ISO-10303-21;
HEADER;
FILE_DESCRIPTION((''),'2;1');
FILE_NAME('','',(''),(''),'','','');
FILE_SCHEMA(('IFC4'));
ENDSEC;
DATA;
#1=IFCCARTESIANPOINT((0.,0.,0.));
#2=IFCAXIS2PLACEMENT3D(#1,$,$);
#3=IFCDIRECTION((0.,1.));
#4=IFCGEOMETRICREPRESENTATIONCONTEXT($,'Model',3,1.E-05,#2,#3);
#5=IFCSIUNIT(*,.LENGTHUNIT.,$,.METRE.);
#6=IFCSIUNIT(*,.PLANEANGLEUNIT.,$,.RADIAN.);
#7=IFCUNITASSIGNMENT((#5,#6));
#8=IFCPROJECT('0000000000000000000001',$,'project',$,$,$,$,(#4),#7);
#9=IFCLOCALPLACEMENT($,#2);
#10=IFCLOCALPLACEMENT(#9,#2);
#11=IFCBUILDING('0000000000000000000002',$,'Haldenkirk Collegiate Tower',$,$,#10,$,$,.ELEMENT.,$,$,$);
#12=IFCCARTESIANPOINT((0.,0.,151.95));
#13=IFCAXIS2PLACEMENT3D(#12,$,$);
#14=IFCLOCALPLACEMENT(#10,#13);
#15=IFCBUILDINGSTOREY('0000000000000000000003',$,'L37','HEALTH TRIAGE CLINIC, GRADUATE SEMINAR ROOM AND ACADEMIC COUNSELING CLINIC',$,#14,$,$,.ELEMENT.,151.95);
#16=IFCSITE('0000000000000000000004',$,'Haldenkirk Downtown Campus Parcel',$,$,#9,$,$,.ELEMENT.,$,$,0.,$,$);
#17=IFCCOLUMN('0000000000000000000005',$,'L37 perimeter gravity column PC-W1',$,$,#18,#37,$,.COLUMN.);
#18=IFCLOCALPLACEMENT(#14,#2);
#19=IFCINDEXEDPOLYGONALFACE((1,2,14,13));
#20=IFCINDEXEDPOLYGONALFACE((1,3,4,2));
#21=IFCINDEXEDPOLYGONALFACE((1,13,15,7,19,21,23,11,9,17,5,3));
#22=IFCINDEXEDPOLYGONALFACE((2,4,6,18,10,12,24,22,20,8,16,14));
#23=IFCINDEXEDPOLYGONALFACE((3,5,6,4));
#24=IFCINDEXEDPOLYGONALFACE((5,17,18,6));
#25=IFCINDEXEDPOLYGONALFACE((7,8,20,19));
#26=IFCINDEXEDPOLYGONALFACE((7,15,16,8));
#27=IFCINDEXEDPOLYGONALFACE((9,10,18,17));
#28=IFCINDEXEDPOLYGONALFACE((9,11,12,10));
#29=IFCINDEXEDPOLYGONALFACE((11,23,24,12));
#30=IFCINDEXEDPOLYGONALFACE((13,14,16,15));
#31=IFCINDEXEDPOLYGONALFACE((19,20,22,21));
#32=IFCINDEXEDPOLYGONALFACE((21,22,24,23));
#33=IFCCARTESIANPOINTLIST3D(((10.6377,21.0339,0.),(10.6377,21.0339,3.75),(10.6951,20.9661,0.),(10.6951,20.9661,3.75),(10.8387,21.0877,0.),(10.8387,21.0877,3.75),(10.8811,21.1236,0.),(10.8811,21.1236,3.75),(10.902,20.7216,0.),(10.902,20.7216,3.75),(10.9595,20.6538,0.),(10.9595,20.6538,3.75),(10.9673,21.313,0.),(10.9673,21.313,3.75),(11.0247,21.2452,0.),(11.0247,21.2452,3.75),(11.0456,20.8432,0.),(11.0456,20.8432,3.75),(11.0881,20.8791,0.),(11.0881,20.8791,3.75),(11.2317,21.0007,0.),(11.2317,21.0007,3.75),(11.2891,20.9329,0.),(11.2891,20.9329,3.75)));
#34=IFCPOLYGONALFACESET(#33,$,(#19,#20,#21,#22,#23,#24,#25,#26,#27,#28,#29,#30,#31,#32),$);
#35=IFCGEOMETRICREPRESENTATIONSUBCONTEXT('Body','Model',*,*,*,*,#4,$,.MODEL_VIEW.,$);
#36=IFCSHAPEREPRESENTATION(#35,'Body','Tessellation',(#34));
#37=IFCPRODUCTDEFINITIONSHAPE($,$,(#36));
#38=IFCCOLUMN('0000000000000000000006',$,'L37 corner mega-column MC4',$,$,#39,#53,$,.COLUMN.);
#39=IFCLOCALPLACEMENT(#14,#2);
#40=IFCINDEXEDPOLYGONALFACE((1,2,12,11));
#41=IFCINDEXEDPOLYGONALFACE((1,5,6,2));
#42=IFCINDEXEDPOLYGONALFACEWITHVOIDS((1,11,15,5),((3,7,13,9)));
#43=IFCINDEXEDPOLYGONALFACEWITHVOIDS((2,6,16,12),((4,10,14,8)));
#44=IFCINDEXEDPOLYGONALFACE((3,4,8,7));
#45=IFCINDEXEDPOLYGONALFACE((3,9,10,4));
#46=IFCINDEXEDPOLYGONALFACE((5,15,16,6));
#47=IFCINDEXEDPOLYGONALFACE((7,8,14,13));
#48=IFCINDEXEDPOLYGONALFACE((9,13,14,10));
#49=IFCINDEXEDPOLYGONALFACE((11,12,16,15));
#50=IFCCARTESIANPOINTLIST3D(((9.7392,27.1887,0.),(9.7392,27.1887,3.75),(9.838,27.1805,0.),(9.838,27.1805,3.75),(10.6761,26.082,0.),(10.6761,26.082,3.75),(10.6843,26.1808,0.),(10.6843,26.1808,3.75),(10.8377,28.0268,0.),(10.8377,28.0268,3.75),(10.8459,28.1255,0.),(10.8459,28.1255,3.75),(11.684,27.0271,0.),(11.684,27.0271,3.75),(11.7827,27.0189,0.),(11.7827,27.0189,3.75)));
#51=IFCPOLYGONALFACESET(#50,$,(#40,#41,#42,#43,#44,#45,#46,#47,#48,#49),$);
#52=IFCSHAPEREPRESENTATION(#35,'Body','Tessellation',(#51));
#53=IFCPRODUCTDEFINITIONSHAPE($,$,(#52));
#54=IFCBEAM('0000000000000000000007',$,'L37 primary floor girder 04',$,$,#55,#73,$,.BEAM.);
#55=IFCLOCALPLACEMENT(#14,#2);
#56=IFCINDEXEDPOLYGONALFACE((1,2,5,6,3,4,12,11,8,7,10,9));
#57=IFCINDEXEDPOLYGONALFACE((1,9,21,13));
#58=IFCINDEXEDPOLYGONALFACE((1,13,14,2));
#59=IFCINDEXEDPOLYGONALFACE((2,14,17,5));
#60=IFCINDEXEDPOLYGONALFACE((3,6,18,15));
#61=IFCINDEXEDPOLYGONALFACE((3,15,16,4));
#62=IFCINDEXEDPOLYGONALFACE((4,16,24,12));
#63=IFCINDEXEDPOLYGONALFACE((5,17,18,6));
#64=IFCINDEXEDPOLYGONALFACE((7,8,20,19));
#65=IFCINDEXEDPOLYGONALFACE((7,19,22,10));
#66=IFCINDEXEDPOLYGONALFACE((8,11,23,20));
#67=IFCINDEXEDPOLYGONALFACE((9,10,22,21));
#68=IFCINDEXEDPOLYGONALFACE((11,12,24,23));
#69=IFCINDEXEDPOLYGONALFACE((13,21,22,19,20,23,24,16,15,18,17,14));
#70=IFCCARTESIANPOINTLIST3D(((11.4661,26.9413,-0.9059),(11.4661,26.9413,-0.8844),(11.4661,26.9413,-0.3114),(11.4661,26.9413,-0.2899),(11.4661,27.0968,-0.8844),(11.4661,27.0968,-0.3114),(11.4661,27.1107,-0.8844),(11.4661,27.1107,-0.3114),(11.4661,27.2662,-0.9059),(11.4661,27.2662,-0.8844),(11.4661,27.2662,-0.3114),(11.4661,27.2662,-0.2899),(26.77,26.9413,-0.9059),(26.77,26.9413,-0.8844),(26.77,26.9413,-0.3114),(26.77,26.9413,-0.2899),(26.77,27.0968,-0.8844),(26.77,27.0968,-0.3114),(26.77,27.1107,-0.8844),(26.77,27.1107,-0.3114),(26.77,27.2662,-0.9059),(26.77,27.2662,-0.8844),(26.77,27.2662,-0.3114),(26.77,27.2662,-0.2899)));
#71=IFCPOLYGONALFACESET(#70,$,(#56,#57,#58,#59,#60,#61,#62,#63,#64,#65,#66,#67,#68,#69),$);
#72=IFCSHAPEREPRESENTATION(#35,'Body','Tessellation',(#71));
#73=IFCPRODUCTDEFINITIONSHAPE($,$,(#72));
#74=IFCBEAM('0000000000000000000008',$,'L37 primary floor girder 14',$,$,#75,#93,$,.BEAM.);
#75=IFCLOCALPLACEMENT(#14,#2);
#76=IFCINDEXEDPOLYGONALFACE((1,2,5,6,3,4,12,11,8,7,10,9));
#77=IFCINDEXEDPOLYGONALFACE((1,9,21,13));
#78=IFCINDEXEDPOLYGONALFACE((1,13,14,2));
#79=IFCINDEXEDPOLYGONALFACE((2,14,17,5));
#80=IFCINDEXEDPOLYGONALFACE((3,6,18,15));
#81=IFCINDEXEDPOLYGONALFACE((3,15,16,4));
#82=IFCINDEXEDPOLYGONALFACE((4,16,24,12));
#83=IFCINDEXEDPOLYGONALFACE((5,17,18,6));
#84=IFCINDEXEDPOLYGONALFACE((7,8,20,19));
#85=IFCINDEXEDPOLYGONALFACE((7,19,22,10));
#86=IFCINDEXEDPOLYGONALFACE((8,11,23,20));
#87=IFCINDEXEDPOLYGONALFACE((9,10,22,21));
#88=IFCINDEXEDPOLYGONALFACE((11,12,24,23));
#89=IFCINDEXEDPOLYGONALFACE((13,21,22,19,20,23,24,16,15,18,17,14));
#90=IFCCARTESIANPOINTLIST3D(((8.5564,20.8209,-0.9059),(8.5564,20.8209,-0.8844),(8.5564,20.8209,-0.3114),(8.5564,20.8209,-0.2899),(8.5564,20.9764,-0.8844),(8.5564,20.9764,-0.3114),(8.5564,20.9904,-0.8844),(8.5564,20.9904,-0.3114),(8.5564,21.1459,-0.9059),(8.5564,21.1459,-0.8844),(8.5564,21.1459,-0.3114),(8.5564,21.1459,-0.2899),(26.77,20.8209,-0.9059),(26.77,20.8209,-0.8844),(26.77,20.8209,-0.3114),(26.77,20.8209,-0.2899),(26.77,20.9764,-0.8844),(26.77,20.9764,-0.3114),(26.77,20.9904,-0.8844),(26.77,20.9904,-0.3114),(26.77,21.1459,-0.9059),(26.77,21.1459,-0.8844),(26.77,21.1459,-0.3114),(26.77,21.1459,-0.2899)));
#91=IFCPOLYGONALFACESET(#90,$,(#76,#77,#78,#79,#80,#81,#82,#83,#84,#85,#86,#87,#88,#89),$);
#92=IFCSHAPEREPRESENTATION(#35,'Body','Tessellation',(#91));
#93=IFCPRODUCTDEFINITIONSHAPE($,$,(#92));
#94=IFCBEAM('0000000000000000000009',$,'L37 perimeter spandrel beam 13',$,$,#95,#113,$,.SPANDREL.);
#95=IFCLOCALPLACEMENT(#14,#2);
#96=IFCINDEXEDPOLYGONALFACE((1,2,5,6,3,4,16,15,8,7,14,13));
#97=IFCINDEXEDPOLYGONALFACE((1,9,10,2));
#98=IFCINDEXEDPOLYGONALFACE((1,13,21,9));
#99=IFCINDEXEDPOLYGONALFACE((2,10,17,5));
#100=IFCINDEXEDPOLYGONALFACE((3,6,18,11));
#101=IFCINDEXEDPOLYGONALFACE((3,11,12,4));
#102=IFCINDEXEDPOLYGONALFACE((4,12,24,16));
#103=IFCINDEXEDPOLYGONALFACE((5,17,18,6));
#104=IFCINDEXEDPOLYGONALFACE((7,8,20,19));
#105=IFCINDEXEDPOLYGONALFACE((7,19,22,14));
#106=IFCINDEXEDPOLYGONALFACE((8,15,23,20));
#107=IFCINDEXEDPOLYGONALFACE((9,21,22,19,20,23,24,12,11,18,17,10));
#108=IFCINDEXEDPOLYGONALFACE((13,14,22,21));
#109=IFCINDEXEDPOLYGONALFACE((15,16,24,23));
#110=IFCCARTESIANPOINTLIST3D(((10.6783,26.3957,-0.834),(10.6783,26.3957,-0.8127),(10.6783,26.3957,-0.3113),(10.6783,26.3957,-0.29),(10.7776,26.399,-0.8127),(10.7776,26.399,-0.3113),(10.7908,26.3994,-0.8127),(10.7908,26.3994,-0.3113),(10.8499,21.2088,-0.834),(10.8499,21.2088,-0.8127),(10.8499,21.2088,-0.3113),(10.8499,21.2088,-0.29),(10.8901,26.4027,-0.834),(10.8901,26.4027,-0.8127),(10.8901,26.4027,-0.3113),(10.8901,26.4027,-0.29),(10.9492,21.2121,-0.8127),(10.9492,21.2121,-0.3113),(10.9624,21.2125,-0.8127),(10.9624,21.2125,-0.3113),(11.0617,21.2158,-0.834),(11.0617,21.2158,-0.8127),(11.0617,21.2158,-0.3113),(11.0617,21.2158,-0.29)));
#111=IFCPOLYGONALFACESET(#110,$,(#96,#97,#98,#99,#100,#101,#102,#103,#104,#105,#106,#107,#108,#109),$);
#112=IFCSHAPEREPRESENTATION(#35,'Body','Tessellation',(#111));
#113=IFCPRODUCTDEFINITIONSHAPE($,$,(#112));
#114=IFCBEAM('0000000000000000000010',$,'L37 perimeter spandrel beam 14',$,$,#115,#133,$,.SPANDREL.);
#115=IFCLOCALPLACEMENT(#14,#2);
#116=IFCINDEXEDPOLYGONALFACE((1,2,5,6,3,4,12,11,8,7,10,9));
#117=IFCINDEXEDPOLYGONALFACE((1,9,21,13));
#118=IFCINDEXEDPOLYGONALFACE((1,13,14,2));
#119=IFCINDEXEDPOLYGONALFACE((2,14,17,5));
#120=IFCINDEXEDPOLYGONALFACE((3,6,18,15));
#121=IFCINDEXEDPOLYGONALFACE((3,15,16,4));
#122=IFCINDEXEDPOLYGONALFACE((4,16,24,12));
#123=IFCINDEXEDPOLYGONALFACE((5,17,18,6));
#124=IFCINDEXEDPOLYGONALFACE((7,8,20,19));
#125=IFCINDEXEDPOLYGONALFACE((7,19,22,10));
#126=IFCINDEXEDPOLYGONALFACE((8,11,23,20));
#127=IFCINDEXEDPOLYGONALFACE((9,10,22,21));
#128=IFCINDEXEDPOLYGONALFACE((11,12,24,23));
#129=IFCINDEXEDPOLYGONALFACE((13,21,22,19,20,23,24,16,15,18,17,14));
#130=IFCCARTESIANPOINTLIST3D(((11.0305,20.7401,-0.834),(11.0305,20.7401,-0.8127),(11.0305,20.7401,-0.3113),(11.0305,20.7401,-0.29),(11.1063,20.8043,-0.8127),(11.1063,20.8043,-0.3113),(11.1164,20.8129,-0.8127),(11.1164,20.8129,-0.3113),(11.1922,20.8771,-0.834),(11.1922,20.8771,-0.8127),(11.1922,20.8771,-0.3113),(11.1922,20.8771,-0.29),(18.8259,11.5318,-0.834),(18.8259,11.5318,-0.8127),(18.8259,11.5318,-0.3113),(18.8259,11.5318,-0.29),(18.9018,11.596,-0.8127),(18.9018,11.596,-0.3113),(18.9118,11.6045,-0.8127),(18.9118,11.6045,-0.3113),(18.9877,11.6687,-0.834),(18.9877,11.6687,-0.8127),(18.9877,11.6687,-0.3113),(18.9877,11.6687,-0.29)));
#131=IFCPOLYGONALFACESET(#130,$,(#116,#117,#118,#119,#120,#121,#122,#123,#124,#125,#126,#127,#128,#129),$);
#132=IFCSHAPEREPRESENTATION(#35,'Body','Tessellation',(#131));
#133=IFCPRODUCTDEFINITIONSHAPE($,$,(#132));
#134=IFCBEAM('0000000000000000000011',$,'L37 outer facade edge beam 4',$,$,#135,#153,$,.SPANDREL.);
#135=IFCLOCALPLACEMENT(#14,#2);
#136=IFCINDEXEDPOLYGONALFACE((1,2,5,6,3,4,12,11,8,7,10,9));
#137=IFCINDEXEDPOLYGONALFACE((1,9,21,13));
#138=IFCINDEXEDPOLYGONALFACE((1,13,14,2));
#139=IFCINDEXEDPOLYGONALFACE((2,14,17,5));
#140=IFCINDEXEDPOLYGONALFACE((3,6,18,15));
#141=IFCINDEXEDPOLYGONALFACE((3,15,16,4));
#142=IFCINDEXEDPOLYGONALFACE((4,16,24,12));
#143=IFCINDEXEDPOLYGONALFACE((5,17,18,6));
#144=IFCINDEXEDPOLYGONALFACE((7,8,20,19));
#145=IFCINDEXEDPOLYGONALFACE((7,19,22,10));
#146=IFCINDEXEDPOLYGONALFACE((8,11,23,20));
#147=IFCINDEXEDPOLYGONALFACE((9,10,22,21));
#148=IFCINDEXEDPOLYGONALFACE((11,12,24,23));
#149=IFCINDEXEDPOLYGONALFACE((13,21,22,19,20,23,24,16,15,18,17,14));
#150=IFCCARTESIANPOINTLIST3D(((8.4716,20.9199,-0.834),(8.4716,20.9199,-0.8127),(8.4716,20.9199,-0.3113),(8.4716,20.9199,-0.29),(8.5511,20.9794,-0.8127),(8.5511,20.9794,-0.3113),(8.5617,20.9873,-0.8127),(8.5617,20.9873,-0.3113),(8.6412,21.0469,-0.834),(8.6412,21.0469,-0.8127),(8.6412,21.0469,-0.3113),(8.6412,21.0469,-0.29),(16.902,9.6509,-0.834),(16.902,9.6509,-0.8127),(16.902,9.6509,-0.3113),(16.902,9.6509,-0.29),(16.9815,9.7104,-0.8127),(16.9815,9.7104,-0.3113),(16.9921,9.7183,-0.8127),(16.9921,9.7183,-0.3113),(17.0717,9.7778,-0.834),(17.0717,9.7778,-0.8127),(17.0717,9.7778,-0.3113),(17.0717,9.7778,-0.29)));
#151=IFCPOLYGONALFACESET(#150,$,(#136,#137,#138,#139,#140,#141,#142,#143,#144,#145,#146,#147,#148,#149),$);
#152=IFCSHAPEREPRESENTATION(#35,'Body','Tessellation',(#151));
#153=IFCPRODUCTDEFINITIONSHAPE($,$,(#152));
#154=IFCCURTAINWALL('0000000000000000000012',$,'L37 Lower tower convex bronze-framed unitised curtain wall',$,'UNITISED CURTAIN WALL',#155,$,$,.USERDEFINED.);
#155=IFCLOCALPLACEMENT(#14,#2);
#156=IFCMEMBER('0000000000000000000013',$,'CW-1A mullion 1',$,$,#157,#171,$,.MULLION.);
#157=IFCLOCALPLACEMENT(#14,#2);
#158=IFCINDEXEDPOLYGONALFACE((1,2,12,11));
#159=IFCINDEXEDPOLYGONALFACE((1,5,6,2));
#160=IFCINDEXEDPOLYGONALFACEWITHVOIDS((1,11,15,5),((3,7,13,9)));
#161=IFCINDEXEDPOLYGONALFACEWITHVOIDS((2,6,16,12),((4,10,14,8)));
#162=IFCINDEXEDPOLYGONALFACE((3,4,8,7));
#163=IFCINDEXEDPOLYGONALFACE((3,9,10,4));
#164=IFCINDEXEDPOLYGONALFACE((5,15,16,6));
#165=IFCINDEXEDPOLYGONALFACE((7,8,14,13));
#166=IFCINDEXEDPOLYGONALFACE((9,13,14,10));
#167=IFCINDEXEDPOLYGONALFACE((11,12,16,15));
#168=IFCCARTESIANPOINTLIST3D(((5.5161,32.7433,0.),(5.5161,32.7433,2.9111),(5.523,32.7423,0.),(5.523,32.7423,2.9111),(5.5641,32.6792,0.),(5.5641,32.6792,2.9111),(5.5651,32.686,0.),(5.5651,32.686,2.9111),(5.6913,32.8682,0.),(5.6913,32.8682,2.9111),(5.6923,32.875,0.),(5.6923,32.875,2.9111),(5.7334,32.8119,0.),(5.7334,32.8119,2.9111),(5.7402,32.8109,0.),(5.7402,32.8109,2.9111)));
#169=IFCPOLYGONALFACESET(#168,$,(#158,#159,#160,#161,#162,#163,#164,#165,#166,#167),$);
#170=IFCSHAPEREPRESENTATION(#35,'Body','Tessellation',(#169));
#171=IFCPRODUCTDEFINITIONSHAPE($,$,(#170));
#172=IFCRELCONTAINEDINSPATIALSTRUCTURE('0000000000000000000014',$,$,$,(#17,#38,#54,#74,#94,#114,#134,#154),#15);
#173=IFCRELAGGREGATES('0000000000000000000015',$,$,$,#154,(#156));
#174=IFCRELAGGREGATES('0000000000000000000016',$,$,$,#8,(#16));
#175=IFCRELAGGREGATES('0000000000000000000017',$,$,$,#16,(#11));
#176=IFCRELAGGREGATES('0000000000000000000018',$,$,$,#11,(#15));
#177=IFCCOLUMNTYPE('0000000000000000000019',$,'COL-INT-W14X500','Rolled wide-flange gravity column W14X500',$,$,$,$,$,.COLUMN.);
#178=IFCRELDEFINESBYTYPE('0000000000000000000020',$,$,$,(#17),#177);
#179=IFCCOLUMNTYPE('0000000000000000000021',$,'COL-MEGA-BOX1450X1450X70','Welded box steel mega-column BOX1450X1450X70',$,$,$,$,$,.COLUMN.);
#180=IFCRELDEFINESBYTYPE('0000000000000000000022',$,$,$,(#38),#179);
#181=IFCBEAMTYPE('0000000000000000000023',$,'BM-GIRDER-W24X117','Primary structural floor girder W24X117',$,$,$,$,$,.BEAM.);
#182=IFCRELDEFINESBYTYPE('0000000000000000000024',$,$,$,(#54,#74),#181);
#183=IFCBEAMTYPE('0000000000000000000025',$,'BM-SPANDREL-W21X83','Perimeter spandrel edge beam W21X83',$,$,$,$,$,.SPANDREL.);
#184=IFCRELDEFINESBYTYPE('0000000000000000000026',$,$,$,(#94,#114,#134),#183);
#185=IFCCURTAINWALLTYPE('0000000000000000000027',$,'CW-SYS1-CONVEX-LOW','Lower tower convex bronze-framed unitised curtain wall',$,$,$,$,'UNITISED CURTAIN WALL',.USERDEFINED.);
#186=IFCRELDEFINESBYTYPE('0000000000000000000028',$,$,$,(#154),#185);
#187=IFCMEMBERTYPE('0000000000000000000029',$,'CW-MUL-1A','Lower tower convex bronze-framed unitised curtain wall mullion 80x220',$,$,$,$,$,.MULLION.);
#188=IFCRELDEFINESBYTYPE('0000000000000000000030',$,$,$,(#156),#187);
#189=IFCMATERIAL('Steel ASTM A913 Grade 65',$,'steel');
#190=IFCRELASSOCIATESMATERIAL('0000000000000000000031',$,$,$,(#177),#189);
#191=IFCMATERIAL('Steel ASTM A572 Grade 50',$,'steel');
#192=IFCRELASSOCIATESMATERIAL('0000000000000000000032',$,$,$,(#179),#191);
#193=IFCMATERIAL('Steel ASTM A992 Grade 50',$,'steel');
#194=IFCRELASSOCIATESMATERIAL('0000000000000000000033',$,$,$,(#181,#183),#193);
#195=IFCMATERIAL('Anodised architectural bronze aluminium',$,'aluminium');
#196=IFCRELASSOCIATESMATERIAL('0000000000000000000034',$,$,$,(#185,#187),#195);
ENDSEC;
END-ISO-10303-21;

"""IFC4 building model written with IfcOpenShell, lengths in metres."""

from ifc_helpers import new_model, si_unit, direction, frame, origin, origin_2d, place, context, subcontext, project, spatial, hollow_rectangle, i_section, extrude, material, material_profile, profile_set, type_object, element, aggregate, save


model = new_model("IFC4")

# Units and contexts
model_context = context("Model", 3, precision=1e-05, world=origin(), true_north=direction((0.0, 1.0)))
body_context = subcontext(model_context, "Body", "Model", "MODEL_VIEW")
ifc_project = project(units=[si_unit("LENGTHUNIT", "METRE"), si_unit("PLANEANGLEUNIT", "RADIAN")], contexts=[model_context])

# Site, building, storey
site_placement = place(None, origin())
site = spatial("IfcSite", under=ifc_project, at=site_placement, Name="Haldenkirk Downtown Campus Parcel", CompositionType="ELEMENT", RefElevation=0.0)
building_placement = place(site_placement, origin())
building = spatial("IfcBuilding", under=site, at=building_placement, Name="Haldenkirk Collegiate Tower", CompositionType="ELEMENT")
storey_placement = place(building_placement, frame((0.0, 0.0, 151.95)))
storey = spatial("IfcBuildingStorey", under=building, at=storey_placement, Name="L37", Description="HEALTH TRIAGE CLINIC, GRADUATE SEMINAR ROOM AND ACADEMIC COUNSELING CLINIC", CompositionType="ELEMENT", Elevation=151.95)

# Columns
ifc_material_1 = material(Name="Steel ASTM A913 Grade 65", Category="steel")
ifc_material_profile_1 = material_profile(ifc_material_1, i_section(OverallWidth=0.4319, OverallDepth=0.498, WebThickness=0.0557, FlangeThickness=0.0889, at=origin_2d()), Name="W14X500")
ifc_profile_set_1 = profile_set([ifc_material_profile_1], Name="Steel ASTM A913 Grade 65")
column_type_1 = type_object("IfcColumnType", Name="COL-INT-W14X500", Description="Rolled wide-flange gravity column W14X500", PredefinedType="COLUMN", material=ifc_profile_set_1)
column_1_placement = place(storey_placement, frame((10.9634, 20.9834, 0.0), z_axis=(0.0, 0.0, 1.0), x_axis=(0.763232, 0.646124, 0.0)))
element("IfcColumn", 1, at=column_1_placement, inside=storey, type_object=column_type_1, Name="L37 perimeter gravity column PC-W1", PredefinedType="COLUMN", context=body_context, shape_type="SweptSolid", body=[
    extrude(i_section(OverallWidth=0.4319, OverallDepth=0.498, WebThickness=0.0557, FlangeThickness=0.0889, at=origin_2d()), origin(), (0.0, 0.0, 1.0), 3.75),
])
ifc_material_2 = material(Name="Steel ASTM A572 Grade 50", Category="steel")
ifc_material_profile_2 = material_profile(ifc_material_2, hollow_rectangle(XDim=1.45, YDim=1.45, WallThickness=0.0701, at=origin_2d()), Name="BOX1450X1450X70")
ifc_profile_set_2 = profile_set([ifc_material_profile_2], Name="Steel ASTM A572 Grade 50")
column_type_2 = type_object("IfcColumnType", Name="COL-MEGA-BOX1450X1450X70", Description="Welded box steel mega-column BOX1450X1450X70", PredefinedType="COLUMN", material=ifc_profile_set_2)
column_2_placement = place(storey_placement, frame((10.761, 27.1038, 0.0), z_axis=(0.0, 0.0, 1.0), x_axis=(0.763232, 0.646124, 0.0)))
element("IfcColumn", 2, at=column_2_placement, inside=storey, type_object=column_type_2, Name="L37 corner mega-column MC4", PredefinedType="COLUMN", context=body_context, shape_type="SweptSolid", body=[
    extrude(hollow_rectangle(XDim=1.45, YDim=1.45, WallThickness=0.0701, at=origin_2d()), origin(), (0.0, 0.0, 1.0), 3.75),
])

# Beams
ifc_material_3 = material(Name="Steel ASTM A992 Grade 50", Category="steel")
ifc_material_profile_3 = material_profile(ifc_material_3, i_section(OverallWidth=0.325, OverallDepth=0.616, WebThickness=0.0139, FlangeThickness=0.0215, at=origin_2d()), Name="W24X117")
ifc_profile_set_3 = profile_set([ifc_material_profile_3], Name="Steel ASTM A992 Grade 50")
beam_type_1 = type_object("IfcBeamType", Name="BM-GIRDER-W24X117", Description="Primary structural floor girder W24X117", PredefinedType="BEAM", material=ifc_profile_set_3)
beam_1_placement = place(storey_placement, frame((11.4661, 27.1038, -0.5979), z_axis=(1.0, 0.0, 0.0), x_axis=(0.0, 1.0, 0.0)))
element("IfcBeam", 3, at=beam_1_placement, inside=storey, type_object=beam_type_1, Name="L37 primary floor girder 04", PredefinedType="BEAM", context=body_context, shape_type="SweptSolid", body=[
    extrude(i_section(OverallWidth=0.325, OverallDepth=0.616, WebThickness=0.0139, FlangeThickness=0.0215, at=origin_2d()), origin(), (0.0, 0.0, 1.0), 15.304),
])
beam_2_placement = place(storey_placement, frame((8.5564, 20.9834, -0.5979), z_axis=(1.0, 0.0, 0.0), x_axis=(0.0, 1.0, 0.0)))
element("IfcBeam", 4, at=beam_2_placement, inside=storey, type_object=beam_type_1, Name="L37 primary floor girder 14", PredefinedType="BEAM", context=body_context, shape_type="SweptSolid", body=[
    extrude(i_section(OverallWidth=0.325, OverallDepth=0.616, WebThickness=0.0139, FlangeThickness=0.0215, at=origin_2d()), origin(), (0.0, 0.0, 1.0), 18.2136),
])
ifc_material_profile_4 = material_profile(ifc_material_3, i_section(OverallWidth=0.2119, OverallDepth=0.5439, WebThickness=0.0132, FlangeThickness=0.0212, at=origin_2d()), Name="W21X83")
ifc_profile_set_4 = profile_set([ifc_material_profile_4], Name="Steel ASTM A992 Grade 50")
beam_type_2 = type_object("IfcBeamType", Name="BM-SPANDREL-W21X83", Description="Perimeter spandrel edge beam W21X83", PredefinedType="SPANDREL", material=ifc_profile_set_4)
beam_3_placement = place(storey_placement, frame((10.7842, 26.3992, -0.562), z_axis=(0.033072, -0.999453, 0.0), x_axis=(0.999453, 0.033072, 0.0)))
element("IfcBeam", 5, at=beam_3_placement, inside=storey, type_object=beam_type_2, Name="L37 perimeter spandrel beam 13", PredefinedType="SPANDREL", context=body_context, shape_type="SweptSolid", body=[
    extrude(i_section(OverallWidth=0.2119, OverallDepth=0.5439, WebThickness=0.0132, FlangeThickness=0.0212, at=origin_2d()), origin(), (0.0, 0.0, 1.0), 5.1897),
])
beam_4_placement = place(storey_placement, frame((11.1113, 20.8086, -0.562), z_axis=(0.646126, -0.76323, 0.0), x_axis=(0.76323, 0.646126, 0.0)))
element("IfcBeam", 6, at=beam_4_placement, inside=storey, type_object=beam_type_2, Name="L37 perimeter spandrel beam 14", PredefinedType="SPANDREL", context=body_context, shape_type="SweptSolid", body=[
    extrude(i_section(OverallWidth=0.2119, OverallDepth=0.5439, WebThickness=0.0132, FlangeThickness=0.0212, at=origin_2d()), origin(), (0.0, 0.0, 1.0), 12.0649),
])
beam_5_placement = place(storey_placement, frame((8.5564, 20.9834, -0.562), z_axis=(0.599028, -0.800728, 0.0), x_axis=(0.800728, 0.599028, 0.0)))
element("IfcBeam", 7, at=beam_5_placement, inside=storey, type_object=beam_type_2, Name="L37 outer facade edge beam 4", PredefinedType="SPANDREL", context=body_context, shape_type="SweptSolid", body=[
    extrude(i_section(OverallWidth=0.2119, OverallDepth=0.5439, WebThickness=0.0132, FlangeThickness=0.0212, at=origin_2d()), origin(), (0.0, 0.0, 1.0), 14.0735),
])

# Curtain wall, member
ifc_material_4 = material(Name="Anodised architectural bronze aluminium", Category="aluminium")
curtain_wall_type = type_object("IfcCurtainWallType", Name="CW-SYS1-CONVEX-LOW", Description="Lower tower convex bronze-framed unitised curtain wall", ElementType="UNITISED CURTAIN WALL", PredefinedType="USERDEFINED", material=ifc_material_4)
curtain_wall_1_placement = place(storey_placement, origin())
curtain_wall_1 = element("IfcCurtainWall", 8, at=curtain_wall_1_placement, inside=storey, type_object=curtain_wall_type, Name="L37 Lower tower convex bronze-framed unitised curtain wall", ObjectType="UNITISED CURTAIN WALL", PredefinedType="USERDEFINED")
ifc_material_profile_5 = material_profile(ifc_material_4, hollow_rectangle(XDim=0.0801, YDim=0.22, WallThickness=0.0049, at=origin_2d()), Name="CW-MUL-1A")
ifc_profile_set_5 = profile_set([ifc_material_profile_5], Name="Anodised architectural bronze aluminium")
member_type_1 = type_object("IfcMemberType", Name="CW-MUL-1A", Description="Lower tower convex bronze-framed unitised curtain wall mullion 80x220", PredefinedType="MULLION", material=ifc_profile_set_5)
member_1_placement = place(storey_placement, frame((5.6282, 32.7771, 0.0), z_axis=(0.0, 0.0, 1.0), x_axis=(-0.599025, 0.80073, 0.0)))
member_1 = element("IfcMember", 9, at=member_1_placement, type_object=member_type_1, Name="CW-1A mullion 1", PredefinedType="MULLION", context=body_context, shape_type="SweptSolid", body=[
    extrude(hollow_rectangle(XDim=0.0801, YDim=0.22, WallThickness=0.0049, at=origin_2d()), origin(), (0.0, 0.0, 1.0), 2.9111),
])

aggregate(curtain_wall_1, [member_1])

save(model, "model.ifc")
